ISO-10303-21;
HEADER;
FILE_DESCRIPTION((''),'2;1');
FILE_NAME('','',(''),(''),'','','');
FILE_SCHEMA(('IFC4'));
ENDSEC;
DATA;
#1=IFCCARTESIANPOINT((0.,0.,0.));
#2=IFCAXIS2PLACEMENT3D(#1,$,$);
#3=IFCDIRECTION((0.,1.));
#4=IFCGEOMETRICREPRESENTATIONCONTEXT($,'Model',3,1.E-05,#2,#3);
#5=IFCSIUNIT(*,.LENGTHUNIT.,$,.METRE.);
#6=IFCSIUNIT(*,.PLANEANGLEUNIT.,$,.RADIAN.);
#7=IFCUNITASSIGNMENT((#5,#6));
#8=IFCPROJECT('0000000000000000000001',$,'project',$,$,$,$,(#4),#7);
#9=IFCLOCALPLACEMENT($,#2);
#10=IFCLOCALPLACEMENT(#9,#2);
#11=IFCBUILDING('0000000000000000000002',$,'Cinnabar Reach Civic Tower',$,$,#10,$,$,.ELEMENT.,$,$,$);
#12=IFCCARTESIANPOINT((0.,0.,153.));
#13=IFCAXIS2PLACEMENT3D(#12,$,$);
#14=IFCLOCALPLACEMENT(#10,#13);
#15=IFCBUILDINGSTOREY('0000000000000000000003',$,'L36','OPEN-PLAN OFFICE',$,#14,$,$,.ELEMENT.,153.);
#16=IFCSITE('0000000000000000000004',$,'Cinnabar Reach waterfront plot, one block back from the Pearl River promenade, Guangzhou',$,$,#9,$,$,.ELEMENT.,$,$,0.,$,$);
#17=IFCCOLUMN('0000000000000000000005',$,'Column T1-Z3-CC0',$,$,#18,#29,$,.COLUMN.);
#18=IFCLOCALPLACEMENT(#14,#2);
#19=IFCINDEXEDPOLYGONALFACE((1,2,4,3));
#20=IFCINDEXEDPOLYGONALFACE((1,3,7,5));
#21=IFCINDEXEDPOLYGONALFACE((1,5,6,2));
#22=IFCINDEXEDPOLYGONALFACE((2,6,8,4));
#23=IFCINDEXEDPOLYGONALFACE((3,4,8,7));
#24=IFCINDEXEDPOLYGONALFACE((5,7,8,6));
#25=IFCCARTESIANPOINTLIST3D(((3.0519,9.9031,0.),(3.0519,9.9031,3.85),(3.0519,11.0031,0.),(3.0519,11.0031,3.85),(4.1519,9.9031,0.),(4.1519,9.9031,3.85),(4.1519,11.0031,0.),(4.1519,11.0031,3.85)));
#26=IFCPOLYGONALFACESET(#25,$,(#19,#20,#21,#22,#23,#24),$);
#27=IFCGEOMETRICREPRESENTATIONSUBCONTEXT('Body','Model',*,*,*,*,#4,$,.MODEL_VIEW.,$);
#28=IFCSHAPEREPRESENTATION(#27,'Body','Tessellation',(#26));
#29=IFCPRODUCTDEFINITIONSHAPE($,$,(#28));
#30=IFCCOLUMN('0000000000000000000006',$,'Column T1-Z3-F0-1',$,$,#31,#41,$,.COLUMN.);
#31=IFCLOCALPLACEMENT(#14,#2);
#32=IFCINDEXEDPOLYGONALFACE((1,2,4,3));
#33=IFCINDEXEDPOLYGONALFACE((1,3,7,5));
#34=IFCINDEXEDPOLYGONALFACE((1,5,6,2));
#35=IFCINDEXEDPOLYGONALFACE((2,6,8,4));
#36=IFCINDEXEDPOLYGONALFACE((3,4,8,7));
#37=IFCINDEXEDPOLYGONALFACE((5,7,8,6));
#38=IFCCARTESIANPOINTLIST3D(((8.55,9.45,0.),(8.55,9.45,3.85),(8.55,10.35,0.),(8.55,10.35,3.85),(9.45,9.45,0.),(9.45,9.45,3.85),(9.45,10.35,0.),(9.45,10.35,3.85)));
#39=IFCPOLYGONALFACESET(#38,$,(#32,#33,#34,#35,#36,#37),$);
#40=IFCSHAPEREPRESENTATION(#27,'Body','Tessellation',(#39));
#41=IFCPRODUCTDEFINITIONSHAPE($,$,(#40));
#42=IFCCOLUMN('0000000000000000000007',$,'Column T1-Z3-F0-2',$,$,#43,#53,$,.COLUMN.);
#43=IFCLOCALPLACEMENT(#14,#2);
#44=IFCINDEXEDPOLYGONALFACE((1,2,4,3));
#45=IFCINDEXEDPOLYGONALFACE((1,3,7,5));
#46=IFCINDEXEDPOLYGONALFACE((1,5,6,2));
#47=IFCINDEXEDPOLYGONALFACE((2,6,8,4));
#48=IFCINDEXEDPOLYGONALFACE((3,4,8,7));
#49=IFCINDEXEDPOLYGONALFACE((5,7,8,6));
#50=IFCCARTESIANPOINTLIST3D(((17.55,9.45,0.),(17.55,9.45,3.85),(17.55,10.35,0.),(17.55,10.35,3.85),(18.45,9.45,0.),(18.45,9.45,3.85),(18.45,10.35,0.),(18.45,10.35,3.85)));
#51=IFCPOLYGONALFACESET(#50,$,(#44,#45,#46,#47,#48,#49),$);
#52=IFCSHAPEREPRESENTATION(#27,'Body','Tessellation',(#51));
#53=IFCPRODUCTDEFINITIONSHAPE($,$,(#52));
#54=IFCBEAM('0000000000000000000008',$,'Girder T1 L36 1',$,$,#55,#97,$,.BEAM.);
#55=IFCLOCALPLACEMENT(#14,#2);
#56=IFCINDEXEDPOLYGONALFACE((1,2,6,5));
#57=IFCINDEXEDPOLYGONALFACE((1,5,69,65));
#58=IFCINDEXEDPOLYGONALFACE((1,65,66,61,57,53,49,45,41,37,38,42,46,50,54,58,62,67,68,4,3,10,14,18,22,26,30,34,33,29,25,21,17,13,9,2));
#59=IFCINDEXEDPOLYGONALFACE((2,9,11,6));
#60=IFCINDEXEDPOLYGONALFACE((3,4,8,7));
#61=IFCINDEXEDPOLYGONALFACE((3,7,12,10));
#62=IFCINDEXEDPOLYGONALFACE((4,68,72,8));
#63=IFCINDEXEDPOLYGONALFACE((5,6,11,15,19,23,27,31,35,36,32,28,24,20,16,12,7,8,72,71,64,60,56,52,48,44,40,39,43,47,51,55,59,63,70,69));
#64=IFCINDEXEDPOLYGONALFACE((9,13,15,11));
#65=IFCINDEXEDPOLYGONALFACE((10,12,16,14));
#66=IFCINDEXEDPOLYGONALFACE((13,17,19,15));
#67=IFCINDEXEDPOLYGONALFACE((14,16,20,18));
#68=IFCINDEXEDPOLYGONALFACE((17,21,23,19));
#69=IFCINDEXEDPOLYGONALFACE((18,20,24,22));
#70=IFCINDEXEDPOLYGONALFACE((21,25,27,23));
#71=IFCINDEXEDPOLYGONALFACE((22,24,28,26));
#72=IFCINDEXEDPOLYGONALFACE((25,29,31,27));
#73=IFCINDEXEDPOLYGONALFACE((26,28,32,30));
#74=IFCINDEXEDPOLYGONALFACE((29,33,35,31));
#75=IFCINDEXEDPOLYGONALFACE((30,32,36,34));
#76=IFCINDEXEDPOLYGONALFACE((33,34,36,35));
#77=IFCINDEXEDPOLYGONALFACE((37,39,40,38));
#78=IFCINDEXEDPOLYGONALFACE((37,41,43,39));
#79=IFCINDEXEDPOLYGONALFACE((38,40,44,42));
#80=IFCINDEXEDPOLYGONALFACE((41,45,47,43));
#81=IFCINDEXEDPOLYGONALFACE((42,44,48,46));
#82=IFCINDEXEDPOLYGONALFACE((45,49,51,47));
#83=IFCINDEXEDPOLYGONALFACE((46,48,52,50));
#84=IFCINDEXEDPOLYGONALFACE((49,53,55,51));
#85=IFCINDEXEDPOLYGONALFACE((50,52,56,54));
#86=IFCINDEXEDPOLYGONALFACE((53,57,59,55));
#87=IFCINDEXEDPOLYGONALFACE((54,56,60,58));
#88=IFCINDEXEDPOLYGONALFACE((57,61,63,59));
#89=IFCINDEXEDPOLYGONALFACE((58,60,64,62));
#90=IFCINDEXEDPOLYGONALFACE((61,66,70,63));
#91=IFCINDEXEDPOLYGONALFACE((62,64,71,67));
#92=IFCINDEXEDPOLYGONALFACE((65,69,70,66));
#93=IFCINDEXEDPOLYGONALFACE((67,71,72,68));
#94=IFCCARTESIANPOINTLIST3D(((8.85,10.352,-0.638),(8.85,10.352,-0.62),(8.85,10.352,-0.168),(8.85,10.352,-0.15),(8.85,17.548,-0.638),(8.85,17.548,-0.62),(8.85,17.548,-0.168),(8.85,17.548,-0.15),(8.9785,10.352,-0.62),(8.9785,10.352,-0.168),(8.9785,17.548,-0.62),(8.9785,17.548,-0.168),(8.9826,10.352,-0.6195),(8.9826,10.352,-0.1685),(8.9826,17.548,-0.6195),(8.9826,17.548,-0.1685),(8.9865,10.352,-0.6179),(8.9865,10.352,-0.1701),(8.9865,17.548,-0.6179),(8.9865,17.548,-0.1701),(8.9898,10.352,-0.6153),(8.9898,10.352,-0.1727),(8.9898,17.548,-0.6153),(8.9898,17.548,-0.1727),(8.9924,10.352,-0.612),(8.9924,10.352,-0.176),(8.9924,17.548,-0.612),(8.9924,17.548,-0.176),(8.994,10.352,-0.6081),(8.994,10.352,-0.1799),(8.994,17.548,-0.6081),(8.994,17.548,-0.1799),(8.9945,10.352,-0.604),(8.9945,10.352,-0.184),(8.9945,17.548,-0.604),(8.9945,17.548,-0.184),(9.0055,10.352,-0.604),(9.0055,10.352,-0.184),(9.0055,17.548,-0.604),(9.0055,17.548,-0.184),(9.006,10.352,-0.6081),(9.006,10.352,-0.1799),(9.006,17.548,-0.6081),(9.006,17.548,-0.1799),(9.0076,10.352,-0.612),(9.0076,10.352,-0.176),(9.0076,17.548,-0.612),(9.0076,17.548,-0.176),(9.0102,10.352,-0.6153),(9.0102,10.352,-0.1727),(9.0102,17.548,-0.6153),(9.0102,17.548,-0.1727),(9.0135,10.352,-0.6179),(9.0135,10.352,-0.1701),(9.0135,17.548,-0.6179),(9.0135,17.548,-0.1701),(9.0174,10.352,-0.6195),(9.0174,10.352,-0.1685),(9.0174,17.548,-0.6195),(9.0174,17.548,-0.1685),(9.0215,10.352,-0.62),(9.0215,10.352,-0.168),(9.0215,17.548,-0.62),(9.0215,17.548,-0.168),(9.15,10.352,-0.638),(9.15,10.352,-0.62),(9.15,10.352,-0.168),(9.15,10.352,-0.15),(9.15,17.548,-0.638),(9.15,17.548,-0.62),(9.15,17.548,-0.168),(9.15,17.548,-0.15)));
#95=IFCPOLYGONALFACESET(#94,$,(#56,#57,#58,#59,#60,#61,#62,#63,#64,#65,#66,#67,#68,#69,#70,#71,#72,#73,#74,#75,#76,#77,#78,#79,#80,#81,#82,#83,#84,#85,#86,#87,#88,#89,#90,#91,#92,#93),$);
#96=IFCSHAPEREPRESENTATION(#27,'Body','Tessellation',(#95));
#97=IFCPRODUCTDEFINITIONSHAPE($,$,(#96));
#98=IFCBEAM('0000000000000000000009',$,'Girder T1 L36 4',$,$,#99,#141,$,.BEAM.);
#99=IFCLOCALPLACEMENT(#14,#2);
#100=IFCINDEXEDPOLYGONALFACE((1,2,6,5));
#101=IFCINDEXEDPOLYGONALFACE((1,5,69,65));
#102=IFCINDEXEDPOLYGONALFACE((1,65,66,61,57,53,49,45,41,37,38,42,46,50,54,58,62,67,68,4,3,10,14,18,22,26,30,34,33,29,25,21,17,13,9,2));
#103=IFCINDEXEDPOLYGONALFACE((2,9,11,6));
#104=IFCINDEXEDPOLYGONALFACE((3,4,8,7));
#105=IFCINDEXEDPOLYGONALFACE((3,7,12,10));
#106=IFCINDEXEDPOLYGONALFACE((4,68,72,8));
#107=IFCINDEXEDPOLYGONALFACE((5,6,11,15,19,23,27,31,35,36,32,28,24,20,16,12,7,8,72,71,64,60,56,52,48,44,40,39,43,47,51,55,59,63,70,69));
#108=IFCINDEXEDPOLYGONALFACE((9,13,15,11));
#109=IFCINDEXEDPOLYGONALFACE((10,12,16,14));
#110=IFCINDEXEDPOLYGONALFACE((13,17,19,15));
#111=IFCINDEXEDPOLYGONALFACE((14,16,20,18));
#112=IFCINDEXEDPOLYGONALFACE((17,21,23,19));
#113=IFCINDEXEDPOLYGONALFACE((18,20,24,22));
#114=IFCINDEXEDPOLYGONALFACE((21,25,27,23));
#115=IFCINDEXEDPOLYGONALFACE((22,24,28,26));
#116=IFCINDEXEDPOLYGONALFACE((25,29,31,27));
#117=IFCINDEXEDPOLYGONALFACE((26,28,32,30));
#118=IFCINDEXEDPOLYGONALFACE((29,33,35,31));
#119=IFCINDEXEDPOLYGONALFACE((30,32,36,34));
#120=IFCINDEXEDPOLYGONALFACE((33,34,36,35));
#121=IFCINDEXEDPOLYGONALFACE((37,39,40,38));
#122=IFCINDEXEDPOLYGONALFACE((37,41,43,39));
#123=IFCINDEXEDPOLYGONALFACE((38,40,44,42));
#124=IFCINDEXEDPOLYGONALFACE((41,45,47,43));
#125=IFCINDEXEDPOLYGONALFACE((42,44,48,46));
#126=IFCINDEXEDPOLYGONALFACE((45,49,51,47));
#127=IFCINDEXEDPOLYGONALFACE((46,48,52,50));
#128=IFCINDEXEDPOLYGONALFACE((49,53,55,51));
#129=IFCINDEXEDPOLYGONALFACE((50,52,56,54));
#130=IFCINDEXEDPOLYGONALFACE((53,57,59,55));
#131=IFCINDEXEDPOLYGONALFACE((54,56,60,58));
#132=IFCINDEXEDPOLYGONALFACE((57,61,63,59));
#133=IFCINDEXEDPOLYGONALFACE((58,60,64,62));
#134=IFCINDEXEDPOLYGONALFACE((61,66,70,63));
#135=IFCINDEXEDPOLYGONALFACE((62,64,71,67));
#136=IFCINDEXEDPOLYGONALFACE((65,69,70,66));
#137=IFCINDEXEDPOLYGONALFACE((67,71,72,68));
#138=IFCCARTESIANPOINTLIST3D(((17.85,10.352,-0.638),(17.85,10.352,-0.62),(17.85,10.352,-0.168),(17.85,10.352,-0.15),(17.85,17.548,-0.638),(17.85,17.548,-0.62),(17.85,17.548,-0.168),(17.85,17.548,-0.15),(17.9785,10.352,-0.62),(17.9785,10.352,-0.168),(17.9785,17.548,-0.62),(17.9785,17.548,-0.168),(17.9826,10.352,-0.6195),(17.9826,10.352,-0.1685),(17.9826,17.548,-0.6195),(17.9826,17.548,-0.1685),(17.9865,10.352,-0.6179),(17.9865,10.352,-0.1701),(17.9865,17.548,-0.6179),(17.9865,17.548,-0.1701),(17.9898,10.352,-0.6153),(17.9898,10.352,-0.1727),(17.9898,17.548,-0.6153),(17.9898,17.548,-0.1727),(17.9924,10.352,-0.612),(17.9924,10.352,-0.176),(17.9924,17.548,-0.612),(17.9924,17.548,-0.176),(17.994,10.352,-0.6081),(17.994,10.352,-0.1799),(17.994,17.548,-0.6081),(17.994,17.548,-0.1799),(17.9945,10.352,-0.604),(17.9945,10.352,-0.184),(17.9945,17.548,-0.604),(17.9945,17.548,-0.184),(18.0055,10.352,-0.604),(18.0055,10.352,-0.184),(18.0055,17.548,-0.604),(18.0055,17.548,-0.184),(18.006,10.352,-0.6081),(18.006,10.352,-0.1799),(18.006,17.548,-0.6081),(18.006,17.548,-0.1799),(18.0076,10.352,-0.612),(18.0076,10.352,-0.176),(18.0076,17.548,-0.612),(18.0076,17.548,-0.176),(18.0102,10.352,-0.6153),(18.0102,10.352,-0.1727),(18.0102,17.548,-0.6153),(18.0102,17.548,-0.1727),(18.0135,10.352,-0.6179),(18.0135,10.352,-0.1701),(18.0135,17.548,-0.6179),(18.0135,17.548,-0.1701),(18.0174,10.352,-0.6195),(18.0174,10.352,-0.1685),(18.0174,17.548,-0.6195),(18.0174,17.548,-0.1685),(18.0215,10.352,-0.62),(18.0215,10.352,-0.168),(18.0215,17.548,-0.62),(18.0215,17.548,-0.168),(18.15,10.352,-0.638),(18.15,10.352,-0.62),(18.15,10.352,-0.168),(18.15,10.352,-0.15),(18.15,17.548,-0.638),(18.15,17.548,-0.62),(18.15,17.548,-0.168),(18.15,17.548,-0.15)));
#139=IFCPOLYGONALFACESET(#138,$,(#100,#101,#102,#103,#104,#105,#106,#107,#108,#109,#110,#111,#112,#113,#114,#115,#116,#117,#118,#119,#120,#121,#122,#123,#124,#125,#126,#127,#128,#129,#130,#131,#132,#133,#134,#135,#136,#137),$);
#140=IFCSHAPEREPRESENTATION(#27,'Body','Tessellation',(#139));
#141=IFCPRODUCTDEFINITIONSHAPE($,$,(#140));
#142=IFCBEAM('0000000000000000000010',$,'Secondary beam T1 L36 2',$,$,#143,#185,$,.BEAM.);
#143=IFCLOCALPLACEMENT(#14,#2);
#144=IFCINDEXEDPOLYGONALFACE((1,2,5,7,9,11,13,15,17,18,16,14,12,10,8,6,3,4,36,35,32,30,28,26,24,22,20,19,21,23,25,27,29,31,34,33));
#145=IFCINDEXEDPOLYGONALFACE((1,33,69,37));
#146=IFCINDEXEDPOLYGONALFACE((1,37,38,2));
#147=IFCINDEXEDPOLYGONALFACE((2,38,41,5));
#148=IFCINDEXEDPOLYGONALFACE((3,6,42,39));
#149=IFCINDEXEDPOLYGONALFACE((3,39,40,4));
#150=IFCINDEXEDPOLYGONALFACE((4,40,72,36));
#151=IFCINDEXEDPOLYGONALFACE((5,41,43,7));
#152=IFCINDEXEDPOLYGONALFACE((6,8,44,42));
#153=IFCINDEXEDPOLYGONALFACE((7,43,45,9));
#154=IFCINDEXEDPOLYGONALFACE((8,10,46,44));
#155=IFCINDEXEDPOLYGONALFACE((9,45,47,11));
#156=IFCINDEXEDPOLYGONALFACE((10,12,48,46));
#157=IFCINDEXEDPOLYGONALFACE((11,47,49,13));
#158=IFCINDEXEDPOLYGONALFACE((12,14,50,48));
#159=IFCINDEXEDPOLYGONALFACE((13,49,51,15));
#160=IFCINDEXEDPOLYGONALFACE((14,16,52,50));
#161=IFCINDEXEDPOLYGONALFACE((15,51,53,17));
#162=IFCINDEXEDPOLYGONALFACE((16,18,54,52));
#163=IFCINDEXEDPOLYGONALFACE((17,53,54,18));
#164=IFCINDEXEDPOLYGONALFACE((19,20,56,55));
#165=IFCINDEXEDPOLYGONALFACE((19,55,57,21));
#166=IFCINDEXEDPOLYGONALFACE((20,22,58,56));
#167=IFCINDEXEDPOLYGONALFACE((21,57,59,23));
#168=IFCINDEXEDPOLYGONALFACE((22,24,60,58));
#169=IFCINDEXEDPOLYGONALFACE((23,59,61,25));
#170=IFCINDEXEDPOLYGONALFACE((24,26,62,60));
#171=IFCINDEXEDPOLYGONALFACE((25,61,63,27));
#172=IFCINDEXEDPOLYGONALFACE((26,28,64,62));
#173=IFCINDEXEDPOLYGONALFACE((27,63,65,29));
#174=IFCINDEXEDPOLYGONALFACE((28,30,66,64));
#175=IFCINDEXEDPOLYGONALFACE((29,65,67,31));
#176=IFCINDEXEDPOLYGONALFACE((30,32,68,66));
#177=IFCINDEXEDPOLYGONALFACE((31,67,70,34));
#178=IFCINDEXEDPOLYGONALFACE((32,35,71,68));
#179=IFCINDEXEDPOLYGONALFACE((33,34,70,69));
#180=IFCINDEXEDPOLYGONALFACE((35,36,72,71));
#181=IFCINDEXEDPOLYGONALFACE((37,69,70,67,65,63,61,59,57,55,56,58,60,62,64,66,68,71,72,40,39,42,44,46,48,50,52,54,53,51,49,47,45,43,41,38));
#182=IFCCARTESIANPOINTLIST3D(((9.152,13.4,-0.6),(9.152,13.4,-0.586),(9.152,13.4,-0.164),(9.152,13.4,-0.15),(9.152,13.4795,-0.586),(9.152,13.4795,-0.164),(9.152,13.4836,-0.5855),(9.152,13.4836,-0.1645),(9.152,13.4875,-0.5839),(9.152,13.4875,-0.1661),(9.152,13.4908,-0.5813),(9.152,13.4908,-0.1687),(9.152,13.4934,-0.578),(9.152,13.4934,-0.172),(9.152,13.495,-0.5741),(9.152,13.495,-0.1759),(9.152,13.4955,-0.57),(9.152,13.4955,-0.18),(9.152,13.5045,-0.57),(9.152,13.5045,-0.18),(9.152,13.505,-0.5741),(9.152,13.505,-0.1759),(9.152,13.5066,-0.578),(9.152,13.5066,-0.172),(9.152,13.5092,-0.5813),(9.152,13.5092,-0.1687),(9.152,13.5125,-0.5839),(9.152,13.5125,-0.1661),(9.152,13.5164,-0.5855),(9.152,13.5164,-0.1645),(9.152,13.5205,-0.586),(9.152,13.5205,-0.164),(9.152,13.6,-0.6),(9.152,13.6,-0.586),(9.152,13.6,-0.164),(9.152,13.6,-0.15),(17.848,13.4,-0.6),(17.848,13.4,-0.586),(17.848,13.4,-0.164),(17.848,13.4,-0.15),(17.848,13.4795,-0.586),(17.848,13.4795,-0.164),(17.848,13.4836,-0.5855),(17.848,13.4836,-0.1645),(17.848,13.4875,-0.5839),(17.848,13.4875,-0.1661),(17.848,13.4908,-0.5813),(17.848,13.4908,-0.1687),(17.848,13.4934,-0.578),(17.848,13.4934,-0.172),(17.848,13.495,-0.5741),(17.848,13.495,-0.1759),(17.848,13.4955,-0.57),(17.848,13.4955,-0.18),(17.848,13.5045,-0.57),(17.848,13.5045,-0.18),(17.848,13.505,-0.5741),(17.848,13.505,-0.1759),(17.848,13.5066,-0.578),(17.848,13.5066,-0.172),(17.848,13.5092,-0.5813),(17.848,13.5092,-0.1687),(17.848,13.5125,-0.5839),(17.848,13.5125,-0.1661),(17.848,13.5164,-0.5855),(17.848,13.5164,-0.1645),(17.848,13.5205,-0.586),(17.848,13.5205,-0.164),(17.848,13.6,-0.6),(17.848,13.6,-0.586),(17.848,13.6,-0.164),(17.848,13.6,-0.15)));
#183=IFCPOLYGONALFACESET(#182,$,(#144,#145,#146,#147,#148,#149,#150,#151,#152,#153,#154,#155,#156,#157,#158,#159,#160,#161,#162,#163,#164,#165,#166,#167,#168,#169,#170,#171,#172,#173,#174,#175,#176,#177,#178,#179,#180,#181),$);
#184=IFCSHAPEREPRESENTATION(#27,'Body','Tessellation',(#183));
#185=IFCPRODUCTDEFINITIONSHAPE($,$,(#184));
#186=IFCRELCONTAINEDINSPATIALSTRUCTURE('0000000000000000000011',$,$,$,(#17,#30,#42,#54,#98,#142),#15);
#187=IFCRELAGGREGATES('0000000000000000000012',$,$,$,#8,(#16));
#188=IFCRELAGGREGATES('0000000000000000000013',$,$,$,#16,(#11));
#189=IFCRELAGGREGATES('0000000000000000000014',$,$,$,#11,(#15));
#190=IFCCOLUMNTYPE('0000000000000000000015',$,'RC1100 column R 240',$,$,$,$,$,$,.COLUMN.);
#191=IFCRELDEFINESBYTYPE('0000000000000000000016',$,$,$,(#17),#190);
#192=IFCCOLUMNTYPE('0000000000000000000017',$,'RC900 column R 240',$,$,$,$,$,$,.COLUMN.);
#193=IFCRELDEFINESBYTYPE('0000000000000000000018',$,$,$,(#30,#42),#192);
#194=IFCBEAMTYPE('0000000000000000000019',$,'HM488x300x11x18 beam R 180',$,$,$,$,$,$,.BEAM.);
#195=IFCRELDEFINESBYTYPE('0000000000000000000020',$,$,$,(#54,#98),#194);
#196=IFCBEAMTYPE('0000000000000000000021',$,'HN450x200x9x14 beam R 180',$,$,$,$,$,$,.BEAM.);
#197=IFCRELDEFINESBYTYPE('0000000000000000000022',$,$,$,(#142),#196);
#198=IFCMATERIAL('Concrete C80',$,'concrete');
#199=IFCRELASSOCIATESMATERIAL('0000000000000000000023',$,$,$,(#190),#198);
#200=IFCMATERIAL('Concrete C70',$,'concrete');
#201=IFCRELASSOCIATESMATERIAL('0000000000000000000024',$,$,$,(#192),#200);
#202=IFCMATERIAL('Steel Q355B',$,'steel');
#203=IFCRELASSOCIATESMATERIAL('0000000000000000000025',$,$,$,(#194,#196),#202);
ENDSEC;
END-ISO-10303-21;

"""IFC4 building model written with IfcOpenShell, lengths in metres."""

from ifc_helpers import new_model, si_unit, direction, frame, origin, origin_2d, place, context, subcontext, project, spatial, rectangle, i_section, extrude, material, material_profile, profile_set, type_object, element, save


model = new_model("IFC4")

# Units and contexts
model_context = context("Model", 3, precision=1e-05, world=origin(), true_north=direction((0.0, 1.0)))
body_context = subcontext(model_context, "Body", "Model", "MODEL_VIEW")
ifc_project = project(units=[si_unit("LENGTHUNIT", "METRE"), si_unit("PLANEANGLEUNIT", "RADIAN")], contexts=[model_context])

# Site, building, storey
site_placement = place(None, origin())
site = spatial("IfcSite", under=ifc_project, at=site_placement, Name="Cinnabar Reach waterfront plot, one block back from the Pearl River promenade, Guangzhou", CompositionType="ELEMENT", RefElevation=0.0)
building_placement = place(site_placement, origin())
building = spatial("IfcBuilding", under=site, at=building_placement, Name="Cinnabar Reach Civic Tower", CompositionType="ELEMENT")
storey_placement = place(building_placement, frame((0.0, 0.0, 153.0)))
storey = spatial("IfcBuildingStorey", under=building, at=storey_placement, Name="L36", Description="OPEN-PLAN OFFICE", CompositionType="ELEMENT", Elevation=153.0)

# Columns
ifc_material_1 = material(Name="Concrete C80", Category="concrete")
ifc_material_profile_1 = material_profile(ifc_material_1, rectangle(XDim=1.1, YDim=1.1, at=origin_2d()), Name="RC1100")
ifc_profile_set_1 = profile_set([ifc_material_profile_1], Name="Concrete C80")
column_type_1 = type_object("IfcColumnType", Name="RC1100 column R 240", PredefinedType="COLUMN", material=ifc_profile_set_1)
column_placement = place(storey_placement, frame((3.6019, 10.4531, 0.0), z_axis=(0.0, 0.0, 1.0), x_axis=(1.0, 0.0, 0.0)))
element("IfcColumn", 1, at=column_placement, inside=storey, type_object=column_type_1, Name="Column T1-Z3-CC0", PredefinedType="COLUMN", context=body_context, shape_type="SweptSolid", body=[
    extrude(rectangle(XDim=1.1, YDim=1.1, at=origin_2d()), origin(), (0.0, 0.0, 1.0), 3.85),
])
ifc_material_2 = material(Name="Concrete C70", Category="concrete")
ifc_material_profile_2 = material_profile(ifc_material_2, rectangle(XDim=0.9, YDim=0.9, at=origin_2d()), Name="RC900")
ifc_profile_set_2 = profile_set([ifc_material_profile_2], Name="Concrete C70")
column_type_2 = type_object("IfcColumnType", Name="RC900 column R 240", PredefinedType="COLUMN", material=ifc_profile_set_2)
for number, where, z_axis, x_axis, name in (
    (2, (9.0, 9.9, 0.0), (0.0, 0.0, 1.0), (1.0, 0.0, 0.0), "Column T1-Z3-F0-1"),
    (3, (18.0, 9.9, 0.0), (0.0, 0.0, 1.0), (1.0, 0.0, 0.0), "Column T1-Z3-F0-2"),
):
    element("IfcColumn", number, at=place(storey_placement, frame(where, z_axis=z_axis, x_axis=x_axis)), inside=storey, type_object=column_type_2, Name=name, PredefinedType="COLUMN", context=body_context, shape_type="SweptSolid", body=[
        extrude(rectangle(XDim=0.9, YDim=0.9, at=origin_2d()), origin(), (0.0, 0.0, 1.0), 3.85),
    ])

# Beams
ifc_material_3 = material(Name="Steel Q355B", Category="steel")
ifc_material_profile_3 = material_profile(ifc_material_3, i_section(OverallWidth=0.3, OverallDepth=0.488, WebThickness=0.011, FlangeThickness=0.018, FilletRadius=0.016, at=origin_2d()), Name="HM488x300x11x18")
ifc_profile_set_3 = profile_set([ifc_material_profile_3], Name="Steel Q355B")
beam_type_1 = type_object("IfcBeamType", Name="HM488x300x11x18 beam R 180", PredefinedType="BEAM", material=ifc_profile_set_3)
for number, where, z_axis, x_axis, name in (
    (4, (9.0, 10.352, -0.394), (0.0, 1.0, 0.0), (-1.0, 0.0, 0.0), "Girder T1 L36 1"),
    (5, (18.0, 10.352, -0.394), (0.0, 1.0, 0.0), (-1.0, 0.0, 0.0), "Girder T1 L36 4"),
):
    element("IfcBeam", number, at=place(storey_placement, frame(where, z_axis=z_axis, x_axis=x_axis)), inside=storey, type_object=beam_type_1, Name=name, PredefinedType="BEAM", context=body_context, shape_type="SweptSolid", body=[
        extrude(i_section(OverallWidth=0.3, OverallDepth=0.488, WebThickness=0.011, FlangeThickness=0.018, FilletRadius=0.016, at=origin_2d()), origin(), (0.0, 0.0, 1.0), 7.196),
    ])
ifc_material_profile_4 = material_profile(ifc_material_3, i_section(OverallWidth=0.2, OverallDepth=0.45, WebThickness=0.009, FlangeThickness=0.014, FilletRadius=0.016, at=origin_2d()), Name="HN450x200x9x14")
ifc_profile_set_4 = profile_set([ifc_material_profile_4], Name="Steel Q355B")
beam_type_2 = type_object("IfcBeamType", Name="HN450x200x9x14 beam R 180", PredefinedType="BEAM", material=ifc_profile_set_4)
beam_1_placement = place(storey_placement, frame((9.152, 13.5, -0.375), z_axis=(1.0, 0.0, 0.0), x_axis=(0.0, 1.0, 0.0)))
element("IfcBeam", 6, at=beam_1_placement, inside=storey, type_object=beam_type_2, Name="Secondary beam T1 L36 2", PredefinedType="BEAM", context=body_context, shape_type="SweptSolid", body=[
    extrude(i_section(OverallWidth=0.2, OverallDepth=0.45, WebThickness=0.009, FlangeThickness=0.014, FilletRadius=0.016, at=origin_2d()), origin(), (0.0, 0.0, 1.0), 8.696),
])

save(model, "model.ifc")
